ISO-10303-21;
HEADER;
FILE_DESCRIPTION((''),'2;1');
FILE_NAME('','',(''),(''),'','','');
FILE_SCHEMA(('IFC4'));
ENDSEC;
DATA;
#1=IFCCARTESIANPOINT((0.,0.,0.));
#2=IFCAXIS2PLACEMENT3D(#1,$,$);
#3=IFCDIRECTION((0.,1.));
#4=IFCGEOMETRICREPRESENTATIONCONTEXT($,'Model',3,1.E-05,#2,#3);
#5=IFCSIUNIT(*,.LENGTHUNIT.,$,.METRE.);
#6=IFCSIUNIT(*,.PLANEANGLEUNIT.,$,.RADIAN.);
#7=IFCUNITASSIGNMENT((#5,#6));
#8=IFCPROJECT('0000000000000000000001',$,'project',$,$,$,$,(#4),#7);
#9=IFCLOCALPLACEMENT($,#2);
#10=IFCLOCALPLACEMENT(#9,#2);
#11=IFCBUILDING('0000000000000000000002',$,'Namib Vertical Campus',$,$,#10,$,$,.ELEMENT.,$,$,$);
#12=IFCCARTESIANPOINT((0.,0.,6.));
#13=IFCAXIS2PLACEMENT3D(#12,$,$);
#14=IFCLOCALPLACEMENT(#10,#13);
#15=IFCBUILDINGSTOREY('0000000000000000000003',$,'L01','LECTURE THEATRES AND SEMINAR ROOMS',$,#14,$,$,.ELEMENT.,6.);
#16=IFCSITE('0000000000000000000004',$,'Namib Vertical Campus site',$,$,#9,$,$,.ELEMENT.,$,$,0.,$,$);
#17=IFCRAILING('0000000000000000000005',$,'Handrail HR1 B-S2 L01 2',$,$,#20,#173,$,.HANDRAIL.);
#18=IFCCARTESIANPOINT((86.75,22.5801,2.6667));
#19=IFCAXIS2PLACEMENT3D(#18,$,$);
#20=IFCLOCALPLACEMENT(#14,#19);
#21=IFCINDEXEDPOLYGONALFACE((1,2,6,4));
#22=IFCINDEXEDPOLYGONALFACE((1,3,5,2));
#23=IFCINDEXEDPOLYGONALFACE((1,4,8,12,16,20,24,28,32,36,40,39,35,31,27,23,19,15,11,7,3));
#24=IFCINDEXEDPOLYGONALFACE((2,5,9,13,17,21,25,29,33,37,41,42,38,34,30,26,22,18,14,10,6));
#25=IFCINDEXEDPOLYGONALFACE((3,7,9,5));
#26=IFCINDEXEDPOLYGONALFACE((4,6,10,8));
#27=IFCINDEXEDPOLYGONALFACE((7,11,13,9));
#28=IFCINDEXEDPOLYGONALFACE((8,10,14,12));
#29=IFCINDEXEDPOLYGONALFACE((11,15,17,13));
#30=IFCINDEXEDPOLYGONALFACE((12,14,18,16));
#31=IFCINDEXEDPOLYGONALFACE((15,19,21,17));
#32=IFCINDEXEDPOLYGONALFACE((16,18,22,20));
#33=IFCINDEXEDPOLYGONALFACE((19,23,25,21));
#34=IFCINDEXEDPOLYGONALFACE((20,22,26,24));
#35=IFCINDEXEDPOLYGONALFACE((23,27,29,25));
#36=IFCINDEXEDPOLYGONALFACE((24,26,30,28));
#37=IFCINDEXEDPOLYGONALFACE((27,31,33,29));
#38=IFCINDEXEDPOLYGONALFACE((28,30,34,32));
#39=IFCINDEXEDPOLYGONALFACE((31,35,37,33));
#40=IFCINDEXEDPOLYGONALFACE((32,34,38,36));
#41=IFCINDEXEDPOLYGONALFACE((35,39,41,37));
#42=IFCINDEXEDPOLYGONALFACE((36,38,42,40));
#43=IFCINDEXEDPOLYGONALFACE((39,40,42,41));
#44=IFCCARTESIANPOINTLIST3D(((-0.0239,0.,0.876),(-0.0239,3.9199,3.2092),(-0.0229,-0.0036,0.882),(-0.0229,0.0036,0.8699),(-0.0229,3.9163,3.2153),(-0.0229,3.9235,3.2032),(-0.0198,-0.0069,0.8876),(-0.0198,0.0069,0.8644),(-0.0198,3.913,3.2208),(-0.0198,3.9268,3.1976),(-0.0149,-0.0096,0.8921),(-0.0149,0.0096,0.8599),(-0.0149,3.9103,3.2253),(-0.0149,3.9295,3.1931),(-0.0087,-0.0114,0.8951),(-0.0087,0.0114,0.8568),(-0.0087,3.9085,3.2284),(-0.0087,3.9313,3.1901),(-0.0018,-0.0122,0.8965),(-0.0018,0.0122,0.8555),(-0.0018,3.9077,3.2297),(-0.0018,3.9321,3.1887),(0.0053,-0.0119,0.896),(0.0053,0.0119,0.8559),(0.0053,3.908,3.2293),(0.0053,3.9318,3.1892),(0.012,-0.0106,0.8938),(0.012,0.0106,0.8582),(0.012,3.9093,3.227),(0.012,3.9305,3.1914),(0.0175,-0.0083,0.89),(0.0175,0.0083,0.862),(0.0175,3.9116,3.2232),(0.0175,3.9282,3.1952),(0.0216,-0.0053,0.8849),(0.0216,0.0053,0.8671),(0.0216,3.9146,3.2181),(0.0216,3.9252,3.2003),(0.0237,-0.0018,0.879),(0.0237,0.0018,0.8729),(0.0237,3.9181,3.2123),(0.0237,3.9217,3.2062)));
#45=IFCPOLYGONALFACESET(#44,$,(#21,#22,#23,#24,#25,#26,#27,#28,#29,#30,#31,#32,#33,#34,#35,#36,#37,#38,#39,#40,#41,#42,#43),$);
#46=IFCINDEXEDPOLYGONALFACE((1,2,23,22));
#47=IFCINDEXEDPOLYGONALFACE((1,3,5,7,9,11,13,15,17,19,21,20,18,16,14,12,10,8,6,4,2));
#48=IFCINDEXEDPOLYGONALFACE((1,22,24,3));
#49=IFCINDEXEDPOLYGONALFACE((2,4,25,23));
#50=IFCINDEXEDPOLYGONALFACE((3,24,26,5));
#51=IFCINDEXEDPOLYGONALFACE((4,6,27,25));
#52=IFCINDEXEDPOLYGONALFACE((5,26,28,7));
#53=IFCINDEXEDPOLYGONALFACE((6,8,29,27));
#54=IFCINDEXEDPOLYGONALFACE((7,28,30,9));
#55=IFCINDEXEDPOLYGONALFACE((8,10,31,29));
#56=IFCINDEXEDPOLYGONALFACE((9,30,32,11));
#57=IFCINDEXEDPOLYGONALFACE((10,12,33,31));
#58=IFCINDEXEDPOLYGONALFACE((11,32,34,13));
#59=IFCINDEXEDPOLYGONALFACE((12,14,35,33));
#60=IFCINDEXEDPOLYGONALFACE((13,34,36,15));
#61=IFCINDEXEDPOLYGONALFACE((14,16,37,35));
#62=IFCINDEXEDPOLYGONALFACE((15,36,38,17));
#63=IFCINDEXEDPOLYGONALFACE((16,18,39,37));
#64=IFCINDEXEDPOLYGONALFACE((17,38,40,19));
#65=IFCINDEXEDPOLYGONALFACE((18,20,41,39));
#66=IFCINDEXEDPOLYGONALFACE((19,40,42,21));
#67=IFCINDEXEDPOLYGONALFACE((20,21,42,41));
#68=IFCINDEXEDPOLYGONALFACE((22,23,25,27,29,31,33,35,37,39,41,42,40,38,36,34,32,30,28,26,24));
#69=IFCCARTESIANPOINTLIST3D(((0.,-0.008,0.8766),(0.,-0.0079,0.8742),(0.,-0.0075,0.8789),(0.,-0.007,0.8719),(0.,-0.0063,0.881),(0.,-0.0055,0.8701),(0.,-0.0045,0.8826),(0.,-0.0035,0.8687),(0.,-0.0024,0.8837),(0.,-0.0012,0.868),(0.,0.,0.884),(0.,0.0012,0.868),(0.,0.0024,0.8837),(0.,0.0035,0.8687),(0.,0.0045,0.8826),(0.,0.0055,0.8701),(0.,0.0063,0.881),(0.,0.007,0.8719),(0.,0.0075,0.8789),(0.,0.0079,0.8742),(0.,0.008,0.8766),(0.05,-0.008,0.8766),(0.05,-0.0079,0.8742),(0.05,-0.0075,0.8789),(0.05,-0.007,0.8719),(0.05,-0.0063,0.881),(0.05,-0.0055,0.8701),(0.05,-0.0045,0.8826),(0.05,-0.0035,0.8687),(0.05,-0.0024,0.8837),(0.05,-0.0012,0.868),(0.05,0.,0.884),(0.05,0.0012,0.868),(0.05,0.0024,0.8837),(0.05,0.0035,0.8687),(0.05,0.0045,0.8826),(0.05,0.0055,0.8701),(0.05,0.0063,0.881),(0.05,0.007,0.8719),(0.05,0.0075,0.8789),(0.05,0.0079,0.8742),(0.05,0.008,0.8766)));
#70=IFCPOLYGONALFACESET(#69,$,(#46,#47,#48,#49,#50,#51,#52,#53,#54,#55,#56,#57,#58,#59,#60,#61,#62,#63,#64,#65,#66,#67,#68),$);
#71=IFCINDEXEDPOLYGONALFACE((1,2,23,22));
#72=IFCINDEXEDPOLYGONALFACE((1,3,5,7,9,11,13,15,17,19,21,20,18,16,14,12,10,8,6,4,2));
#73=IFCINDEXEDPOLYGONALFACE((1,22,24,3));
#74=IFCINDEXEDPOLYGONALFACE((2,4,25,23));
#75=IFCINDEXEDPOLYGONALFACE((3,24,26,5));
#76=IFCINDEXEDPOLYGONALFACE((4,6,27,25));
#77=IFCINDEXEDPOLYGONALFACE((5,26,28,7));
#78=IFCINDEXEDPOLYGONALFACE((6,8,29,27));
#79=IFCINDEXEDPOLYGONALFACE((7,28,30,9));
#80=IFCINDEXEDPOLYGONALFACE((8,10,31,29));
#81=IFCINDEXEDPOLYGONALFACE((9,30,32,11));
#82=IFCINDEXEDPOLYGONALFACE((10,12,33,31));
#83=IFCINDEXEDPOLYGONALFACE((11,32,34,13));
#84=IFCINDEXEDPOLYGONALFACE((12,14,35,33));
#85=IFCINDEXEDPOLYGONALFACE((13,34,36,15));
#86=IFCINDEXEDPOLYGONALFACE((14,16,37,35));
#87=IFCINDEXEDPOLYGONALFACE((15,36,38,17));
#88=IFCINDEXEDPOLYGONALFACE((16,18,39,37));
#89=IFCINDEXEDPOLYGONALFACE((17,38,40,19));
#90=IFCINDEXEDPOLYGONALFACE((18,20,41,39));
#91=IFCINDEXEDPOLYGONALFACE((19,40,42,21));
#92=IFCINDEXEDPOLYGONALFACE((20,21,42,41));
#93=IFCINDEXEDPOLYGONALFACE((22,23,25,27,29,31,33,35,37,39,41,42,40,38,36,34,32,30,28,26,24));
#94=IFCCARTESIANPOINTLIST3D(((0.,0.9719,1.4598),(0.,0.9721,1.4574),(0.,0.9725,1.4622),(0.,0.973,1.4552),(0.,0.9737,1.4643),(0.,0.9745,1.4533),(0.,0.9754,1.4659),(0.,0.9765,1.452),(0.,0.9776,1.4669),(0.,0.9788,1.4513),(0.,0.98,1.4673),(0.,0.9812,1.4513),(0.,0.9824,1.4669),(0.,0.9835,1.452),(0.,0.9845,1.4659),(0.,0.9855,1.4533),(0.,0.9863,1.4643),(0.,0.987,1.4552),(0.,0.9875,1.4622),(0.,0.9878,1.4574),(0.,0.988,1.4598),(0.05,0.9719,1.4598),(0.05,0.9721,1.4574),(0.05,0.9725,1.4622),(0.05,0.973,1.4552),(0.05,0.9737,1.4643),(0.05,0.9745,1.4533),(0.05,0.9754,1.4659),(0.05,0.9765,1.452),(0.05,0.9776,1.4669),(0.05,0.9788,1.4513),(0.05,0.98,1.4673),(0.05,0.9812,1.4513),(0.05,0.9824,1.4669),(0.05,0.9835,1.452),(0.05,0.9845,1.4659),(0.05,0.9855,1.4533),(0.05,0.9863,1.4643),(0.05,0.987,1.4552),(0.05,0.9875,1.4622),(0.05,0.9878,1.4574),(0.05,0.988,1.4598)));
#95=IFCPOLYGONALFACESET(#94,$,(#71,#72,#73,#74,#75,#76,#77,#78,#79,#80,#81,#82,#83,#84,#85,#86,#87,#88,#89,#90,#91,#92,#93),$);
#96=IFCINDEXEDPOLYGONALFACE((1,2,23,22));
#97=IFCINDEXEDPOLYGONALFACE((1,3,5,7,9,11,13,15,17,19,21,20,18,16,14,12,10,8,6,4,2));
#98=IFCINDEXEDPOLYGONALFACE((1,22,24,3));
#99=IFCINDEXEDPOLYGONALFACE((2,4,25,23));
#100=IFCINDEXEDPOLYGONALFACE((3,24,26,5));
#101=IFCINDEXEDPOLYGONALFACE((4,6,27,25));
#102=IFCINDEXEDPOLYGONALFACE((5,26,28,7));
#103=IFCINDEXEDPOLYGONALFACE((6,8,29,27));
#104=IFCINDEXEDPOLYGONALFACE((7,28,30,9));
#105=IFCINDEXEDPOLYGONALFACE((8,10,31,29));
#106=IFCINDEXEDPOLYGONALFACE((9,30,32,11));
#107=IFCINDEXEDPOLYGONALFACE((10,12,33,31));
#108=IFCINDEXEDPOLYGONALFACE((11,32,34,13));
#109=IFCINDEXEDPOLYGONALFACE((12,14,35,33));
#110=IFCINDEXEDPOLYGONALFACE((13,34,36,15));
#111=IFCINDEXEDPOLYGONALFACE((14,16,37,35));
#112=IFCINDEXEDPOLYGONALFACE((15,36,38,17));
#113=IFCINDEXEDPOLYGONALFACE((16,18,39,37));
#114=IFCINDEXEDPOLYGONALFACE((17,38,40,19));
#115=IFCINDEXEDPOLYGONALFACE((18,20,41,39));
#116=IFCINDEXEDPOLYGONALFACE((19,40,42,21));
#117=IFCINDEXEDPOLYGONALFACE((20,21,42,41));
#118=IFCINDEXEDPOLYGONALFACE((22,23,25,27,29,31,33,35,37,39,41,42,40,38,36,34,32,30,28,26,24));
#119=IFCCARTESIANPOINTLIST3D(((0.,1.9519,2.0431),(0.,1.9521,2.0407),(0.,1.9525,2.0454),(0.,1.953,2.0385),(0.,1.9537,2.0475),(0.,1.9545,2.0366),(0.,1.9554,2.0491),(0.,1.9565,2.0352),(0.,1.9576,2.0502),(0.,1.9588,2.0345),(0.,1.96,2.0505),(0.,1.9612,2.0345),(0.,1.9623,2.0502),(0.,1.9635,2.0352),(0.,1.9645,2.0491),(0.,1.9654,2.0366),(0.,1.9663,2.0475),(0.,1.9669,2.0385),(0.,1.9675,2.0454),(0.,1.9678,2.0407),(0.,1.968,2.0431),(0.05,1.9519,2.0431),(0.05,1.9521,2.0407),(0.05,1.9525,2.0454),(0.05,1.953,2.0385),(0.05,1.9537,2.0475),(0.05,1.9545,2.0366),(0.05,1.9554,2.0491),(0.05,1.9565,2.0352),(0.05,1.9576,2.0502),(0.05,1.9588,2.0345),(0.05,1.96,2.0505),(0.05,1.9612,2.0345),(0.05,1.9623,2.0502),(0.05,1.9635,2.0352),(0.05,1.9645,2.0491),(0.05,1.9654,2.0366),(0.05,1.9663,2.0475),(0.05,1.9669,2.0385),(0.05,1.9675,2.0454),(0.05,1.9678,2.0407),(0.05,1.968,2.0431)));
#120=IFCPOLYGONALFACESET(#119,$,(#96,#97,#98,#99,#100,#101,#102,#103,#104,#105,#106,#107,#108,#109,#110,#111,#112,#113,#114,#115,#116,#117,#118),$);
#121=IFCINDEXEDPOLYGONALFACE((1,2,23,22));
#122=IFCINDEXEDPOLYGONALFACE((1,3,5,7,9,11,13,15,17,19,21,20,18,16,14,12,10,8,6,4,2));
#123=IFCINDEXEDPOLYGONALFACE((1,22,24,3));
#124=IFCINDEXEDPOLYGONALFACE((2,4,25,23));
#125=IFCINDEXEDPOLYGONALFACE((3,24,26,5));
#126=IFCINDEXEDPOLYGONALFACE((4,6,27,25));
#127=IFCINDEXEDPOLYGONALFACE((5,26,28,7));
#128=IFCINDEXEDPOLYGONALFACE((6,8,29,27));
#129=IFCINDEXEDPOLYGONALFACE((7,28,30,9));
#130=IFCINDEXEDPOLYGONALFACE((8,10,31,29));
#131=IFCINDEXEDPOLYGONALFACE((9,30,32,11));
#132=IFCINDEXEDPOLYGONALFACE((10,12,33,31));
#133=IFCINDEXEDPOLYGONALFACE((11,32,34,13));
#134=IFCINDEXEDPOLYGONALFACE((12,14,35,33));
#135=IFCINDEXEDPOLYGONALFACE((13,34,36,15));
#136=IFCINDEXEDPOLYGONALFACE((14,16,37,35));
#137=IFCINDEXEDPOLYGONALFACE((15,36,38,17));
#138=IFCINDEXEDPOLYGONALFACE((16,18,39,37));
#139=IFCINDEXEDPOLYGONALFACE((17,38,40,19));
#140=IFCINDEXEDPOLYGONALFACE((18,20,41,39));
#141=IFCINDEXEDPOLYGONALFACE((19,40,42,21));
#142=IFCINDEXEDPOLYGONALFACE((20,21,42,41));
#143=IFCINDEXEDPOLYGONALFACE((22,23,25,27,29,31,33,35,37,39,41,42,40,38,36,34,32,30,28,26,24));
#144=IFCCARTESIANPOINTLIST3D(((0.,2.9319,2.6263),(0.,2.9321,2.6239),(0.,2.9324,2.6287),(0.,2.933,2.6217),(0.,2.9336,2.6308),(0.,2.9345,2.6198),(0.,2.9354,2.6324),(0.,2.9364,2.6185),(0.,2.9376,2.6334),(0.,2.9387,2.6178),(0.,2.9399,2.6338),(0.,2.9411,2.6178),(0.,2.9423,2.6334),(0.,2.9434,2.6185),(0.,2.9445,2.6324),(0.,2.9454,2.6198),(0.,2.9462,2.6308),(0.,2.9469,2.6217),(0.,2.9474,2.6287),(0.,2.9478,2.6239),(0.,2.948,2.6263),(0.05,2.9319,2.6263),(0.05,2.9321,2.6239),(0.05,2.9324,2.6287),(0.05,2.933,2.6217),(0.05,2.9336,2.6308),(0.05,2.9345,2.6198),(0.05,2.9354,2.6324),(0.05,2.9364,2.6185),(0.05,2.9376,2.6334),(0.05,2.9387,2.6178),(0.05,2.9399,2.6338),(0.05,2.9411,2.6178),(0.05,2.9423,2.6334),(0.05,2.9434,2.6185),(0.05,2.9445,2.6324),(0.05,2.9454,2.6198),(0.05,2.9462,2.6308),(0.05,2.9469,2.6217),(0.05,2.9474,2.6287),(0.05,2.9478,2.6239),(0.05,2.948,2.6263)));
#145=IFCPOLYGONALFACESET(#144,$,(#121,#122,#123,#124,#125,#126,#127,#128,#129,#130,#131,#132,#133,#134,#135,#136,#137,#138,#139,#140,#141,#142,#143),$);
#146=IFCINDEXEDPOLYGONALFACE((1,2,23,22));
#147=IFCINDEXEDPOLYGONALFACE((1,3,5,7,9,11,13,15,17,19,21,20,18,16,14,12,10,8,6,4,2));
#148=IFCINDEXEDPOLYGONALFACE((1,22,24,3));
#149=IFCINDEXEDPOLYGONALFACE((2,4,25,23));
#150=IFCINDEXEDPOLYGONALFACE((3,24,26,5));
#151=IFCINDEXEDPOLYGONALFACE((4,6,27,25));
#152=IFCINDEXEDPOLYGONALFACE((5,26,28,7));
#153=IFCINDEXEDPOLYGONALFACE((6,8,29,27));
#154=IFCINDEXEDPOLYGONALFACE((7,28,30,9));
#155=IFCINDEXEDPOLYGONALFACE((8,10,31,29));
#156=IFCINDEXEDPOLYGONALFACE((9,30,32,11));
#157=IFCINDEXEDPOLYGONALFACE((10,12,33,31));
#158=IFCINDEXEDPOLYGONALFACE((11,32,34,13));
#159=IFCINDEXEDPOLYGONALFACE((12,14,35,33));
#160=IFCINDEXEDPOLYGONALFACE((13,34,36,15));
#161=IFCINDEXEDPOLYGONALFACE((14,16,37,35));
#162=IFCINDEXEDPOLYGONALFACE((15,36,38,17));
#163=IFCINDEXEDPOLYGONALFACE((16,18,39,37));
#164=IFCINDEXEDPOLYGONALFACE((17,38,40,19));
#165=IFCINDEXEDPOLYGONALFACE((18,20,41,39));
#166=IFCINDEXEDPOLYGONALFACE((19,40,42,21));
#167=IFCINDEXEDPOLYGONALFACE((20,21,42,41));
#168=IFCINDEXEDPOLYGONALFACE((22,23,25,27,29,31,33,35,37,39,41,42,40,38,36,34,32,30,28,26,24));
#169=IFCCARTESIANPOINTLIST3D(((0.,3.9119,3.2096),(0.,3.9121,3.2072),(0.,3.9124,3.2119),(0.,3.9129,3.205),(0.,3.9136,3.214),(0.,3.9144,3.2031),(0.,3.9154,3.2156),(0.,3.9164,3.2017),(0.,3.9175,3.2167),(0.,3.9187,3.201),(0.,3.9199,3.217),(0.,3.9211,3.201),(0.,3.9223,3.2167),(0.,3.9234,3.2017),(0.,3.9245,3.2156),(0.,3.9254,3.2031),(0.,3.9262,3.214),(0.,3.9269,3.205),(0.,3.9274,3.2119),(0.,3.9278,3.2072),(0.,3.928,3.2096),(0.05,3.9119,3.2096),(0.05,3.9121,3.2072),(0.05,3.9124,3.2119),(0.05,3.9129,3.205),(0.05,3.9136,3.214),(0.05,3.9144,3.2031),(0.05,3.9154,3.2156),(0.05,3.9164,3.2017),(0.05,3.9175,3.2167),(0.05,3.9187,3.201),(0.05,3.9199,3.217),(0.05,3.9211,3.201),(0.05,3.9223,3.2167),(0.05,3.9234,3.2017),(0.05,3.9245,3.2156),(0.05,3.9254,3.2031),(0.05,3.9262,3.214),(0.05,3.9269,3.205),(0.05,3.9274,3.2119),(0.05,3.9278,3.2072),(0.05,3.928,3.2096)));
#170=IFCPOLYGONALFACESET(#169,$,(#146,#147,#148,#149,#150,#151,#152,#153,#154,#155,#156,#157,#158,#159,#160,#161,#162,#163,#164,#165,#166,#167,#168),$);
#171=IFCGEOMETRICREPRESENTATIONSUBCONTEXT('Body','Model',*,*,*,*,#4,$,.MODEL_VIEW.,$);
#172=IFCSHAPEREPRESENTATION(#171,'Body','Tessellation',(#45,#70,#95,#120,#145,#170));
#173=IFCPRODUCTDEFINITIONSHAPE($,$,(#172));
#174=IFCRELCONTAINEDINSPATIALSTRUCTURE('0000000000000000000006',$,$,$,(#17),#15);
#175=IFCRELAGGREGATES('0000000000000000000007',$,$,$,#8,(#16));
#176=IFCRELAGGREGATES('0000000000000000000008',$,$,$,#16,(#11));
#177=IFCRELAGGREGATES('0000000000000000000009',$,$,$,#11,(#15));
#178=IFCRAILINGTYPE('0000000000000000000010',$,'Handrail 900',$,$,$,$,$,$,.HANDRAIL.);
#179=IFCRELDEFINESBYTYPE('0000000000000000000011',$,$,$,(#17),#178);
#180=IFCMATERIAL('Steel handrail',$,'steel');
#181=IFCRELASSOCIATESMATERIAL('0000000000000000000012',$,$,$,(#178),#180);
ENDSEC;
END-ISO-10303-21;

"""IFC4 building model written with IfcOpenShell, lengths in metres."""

from ifc_helpers import new_model, si_unit, direction, frame, origin, origin_2d, place, context, subcontext, project, spatial, circle, extrude, material, type_object, element, save


model = new_model("IFC4")

# Units and contexts
model_context = context("Model", 3, precision=1e-05, world=origin(), true_north=direction((0.0, 1.0)))
body_context = subcontext(model_context, "Body", "Model", "MODEL_VIEW")
ifc_project = project(units=[si_unit("LENGTHUNIT", "METRE"), si_unit("PLANEANGLEUNIT", "RADIAN")], contexts=[model_context])

# Site, building, storey
site_placement = place(None, origin())
site = spatial("IfcSite", under=ifc_project, at=site_placement, Name="Namib Vertical Campus site", CompositionType="ELEMENT", RefElevation=0.0)
building_placement = place(site_placement, origin())
building = spatial("IfcBuilding", under=site, at=building_placement, Name="Namib Vertical Campus", CompositionType="ELEMENT")
storey_placement = place(building_placement, frame((0.0, 0.0, 6.0)))
storey = spatial("IfcBuildingStorey", under=building, at=storey_placement, Name="L01", Description="LECTURE THEATRES AND SEMINAR ROOMS", CompositionType="ELEMENT", Elevation=6.0)

# Railing
ifc_material_1 = material(Name="Steel handrail", Category="steel")
railing_type = type_object("IfcRailingType", Name="Handrail 900", PredefinedType="HANDRAIL", material=ifc_material_1)
railing_placement = place(storey_placement, frame((86.75, 22.5801, 2.6667)))
element("IfcRailing", 1, at=railing_placement, inside=storey, type_object=railing_type, Name="Handrail HR1 B-S2 L01 2", PredefinedType="HANDRAIL", context=body_context, shape_type="SweptSolid", body=[
    extrude(circle(Radius=0.0239, at=origin_2d()), frame((0.0, 0.0, 0.876), z_axis=(0.0, 0.859296, 0.511478), x_axis=(-1.0, 0.0, 0.0)), (0.0, 0.0, 1.0), 4.5618),
    extrude(circle(Radius=0.0081, at=origin_2d()), frame((0.0, 0.0, 0.876), z_axis=(1.0, 0.0, 0.0), x_axis=(0.0, 0.0, 1.0)), (0.0, 0.0, 1.0), 0.05),
    extrude(circle(Radius=0.0081, at=origin_2d()), frame((0.0, 0.98, 1.4592), z_axis=(1.0, 0.0, 0.0), x_axis=(0.0, 0.0, 1.0)), (0.0, 0.0, 1.0), 0.05),
    extrude(circle(Radius=0.0081, at=origin_2d()), frame((0.0, 1.96, 2.0425), z_axis=(1.0, 0.0, 0.0), x_axis=(0.0, 0.0, 1.0)), (0.0, 0.0, 1.0), 0.05),
    extrude(circle(Radius=0.0081, at=origin_2d()), frame((0.0, 2.9399, 2.6257), z_axis=(1.0, 0.0, 0.0), x_axis=(0.0, 0.0, 1.0)), (0.0, 0.0, 1.0), 0.05),
    extrude(circle(Radius=0.0081, at=origin_2d()), frame((0.0, 3.9199, 3.209), z_axis=(1.0, 0.0, 0.0), x_axis=(0.0, 0.0, 1.0)), (0.0, 0.0, 1.0), 0.05),
])

save(model, "model.ifc")
